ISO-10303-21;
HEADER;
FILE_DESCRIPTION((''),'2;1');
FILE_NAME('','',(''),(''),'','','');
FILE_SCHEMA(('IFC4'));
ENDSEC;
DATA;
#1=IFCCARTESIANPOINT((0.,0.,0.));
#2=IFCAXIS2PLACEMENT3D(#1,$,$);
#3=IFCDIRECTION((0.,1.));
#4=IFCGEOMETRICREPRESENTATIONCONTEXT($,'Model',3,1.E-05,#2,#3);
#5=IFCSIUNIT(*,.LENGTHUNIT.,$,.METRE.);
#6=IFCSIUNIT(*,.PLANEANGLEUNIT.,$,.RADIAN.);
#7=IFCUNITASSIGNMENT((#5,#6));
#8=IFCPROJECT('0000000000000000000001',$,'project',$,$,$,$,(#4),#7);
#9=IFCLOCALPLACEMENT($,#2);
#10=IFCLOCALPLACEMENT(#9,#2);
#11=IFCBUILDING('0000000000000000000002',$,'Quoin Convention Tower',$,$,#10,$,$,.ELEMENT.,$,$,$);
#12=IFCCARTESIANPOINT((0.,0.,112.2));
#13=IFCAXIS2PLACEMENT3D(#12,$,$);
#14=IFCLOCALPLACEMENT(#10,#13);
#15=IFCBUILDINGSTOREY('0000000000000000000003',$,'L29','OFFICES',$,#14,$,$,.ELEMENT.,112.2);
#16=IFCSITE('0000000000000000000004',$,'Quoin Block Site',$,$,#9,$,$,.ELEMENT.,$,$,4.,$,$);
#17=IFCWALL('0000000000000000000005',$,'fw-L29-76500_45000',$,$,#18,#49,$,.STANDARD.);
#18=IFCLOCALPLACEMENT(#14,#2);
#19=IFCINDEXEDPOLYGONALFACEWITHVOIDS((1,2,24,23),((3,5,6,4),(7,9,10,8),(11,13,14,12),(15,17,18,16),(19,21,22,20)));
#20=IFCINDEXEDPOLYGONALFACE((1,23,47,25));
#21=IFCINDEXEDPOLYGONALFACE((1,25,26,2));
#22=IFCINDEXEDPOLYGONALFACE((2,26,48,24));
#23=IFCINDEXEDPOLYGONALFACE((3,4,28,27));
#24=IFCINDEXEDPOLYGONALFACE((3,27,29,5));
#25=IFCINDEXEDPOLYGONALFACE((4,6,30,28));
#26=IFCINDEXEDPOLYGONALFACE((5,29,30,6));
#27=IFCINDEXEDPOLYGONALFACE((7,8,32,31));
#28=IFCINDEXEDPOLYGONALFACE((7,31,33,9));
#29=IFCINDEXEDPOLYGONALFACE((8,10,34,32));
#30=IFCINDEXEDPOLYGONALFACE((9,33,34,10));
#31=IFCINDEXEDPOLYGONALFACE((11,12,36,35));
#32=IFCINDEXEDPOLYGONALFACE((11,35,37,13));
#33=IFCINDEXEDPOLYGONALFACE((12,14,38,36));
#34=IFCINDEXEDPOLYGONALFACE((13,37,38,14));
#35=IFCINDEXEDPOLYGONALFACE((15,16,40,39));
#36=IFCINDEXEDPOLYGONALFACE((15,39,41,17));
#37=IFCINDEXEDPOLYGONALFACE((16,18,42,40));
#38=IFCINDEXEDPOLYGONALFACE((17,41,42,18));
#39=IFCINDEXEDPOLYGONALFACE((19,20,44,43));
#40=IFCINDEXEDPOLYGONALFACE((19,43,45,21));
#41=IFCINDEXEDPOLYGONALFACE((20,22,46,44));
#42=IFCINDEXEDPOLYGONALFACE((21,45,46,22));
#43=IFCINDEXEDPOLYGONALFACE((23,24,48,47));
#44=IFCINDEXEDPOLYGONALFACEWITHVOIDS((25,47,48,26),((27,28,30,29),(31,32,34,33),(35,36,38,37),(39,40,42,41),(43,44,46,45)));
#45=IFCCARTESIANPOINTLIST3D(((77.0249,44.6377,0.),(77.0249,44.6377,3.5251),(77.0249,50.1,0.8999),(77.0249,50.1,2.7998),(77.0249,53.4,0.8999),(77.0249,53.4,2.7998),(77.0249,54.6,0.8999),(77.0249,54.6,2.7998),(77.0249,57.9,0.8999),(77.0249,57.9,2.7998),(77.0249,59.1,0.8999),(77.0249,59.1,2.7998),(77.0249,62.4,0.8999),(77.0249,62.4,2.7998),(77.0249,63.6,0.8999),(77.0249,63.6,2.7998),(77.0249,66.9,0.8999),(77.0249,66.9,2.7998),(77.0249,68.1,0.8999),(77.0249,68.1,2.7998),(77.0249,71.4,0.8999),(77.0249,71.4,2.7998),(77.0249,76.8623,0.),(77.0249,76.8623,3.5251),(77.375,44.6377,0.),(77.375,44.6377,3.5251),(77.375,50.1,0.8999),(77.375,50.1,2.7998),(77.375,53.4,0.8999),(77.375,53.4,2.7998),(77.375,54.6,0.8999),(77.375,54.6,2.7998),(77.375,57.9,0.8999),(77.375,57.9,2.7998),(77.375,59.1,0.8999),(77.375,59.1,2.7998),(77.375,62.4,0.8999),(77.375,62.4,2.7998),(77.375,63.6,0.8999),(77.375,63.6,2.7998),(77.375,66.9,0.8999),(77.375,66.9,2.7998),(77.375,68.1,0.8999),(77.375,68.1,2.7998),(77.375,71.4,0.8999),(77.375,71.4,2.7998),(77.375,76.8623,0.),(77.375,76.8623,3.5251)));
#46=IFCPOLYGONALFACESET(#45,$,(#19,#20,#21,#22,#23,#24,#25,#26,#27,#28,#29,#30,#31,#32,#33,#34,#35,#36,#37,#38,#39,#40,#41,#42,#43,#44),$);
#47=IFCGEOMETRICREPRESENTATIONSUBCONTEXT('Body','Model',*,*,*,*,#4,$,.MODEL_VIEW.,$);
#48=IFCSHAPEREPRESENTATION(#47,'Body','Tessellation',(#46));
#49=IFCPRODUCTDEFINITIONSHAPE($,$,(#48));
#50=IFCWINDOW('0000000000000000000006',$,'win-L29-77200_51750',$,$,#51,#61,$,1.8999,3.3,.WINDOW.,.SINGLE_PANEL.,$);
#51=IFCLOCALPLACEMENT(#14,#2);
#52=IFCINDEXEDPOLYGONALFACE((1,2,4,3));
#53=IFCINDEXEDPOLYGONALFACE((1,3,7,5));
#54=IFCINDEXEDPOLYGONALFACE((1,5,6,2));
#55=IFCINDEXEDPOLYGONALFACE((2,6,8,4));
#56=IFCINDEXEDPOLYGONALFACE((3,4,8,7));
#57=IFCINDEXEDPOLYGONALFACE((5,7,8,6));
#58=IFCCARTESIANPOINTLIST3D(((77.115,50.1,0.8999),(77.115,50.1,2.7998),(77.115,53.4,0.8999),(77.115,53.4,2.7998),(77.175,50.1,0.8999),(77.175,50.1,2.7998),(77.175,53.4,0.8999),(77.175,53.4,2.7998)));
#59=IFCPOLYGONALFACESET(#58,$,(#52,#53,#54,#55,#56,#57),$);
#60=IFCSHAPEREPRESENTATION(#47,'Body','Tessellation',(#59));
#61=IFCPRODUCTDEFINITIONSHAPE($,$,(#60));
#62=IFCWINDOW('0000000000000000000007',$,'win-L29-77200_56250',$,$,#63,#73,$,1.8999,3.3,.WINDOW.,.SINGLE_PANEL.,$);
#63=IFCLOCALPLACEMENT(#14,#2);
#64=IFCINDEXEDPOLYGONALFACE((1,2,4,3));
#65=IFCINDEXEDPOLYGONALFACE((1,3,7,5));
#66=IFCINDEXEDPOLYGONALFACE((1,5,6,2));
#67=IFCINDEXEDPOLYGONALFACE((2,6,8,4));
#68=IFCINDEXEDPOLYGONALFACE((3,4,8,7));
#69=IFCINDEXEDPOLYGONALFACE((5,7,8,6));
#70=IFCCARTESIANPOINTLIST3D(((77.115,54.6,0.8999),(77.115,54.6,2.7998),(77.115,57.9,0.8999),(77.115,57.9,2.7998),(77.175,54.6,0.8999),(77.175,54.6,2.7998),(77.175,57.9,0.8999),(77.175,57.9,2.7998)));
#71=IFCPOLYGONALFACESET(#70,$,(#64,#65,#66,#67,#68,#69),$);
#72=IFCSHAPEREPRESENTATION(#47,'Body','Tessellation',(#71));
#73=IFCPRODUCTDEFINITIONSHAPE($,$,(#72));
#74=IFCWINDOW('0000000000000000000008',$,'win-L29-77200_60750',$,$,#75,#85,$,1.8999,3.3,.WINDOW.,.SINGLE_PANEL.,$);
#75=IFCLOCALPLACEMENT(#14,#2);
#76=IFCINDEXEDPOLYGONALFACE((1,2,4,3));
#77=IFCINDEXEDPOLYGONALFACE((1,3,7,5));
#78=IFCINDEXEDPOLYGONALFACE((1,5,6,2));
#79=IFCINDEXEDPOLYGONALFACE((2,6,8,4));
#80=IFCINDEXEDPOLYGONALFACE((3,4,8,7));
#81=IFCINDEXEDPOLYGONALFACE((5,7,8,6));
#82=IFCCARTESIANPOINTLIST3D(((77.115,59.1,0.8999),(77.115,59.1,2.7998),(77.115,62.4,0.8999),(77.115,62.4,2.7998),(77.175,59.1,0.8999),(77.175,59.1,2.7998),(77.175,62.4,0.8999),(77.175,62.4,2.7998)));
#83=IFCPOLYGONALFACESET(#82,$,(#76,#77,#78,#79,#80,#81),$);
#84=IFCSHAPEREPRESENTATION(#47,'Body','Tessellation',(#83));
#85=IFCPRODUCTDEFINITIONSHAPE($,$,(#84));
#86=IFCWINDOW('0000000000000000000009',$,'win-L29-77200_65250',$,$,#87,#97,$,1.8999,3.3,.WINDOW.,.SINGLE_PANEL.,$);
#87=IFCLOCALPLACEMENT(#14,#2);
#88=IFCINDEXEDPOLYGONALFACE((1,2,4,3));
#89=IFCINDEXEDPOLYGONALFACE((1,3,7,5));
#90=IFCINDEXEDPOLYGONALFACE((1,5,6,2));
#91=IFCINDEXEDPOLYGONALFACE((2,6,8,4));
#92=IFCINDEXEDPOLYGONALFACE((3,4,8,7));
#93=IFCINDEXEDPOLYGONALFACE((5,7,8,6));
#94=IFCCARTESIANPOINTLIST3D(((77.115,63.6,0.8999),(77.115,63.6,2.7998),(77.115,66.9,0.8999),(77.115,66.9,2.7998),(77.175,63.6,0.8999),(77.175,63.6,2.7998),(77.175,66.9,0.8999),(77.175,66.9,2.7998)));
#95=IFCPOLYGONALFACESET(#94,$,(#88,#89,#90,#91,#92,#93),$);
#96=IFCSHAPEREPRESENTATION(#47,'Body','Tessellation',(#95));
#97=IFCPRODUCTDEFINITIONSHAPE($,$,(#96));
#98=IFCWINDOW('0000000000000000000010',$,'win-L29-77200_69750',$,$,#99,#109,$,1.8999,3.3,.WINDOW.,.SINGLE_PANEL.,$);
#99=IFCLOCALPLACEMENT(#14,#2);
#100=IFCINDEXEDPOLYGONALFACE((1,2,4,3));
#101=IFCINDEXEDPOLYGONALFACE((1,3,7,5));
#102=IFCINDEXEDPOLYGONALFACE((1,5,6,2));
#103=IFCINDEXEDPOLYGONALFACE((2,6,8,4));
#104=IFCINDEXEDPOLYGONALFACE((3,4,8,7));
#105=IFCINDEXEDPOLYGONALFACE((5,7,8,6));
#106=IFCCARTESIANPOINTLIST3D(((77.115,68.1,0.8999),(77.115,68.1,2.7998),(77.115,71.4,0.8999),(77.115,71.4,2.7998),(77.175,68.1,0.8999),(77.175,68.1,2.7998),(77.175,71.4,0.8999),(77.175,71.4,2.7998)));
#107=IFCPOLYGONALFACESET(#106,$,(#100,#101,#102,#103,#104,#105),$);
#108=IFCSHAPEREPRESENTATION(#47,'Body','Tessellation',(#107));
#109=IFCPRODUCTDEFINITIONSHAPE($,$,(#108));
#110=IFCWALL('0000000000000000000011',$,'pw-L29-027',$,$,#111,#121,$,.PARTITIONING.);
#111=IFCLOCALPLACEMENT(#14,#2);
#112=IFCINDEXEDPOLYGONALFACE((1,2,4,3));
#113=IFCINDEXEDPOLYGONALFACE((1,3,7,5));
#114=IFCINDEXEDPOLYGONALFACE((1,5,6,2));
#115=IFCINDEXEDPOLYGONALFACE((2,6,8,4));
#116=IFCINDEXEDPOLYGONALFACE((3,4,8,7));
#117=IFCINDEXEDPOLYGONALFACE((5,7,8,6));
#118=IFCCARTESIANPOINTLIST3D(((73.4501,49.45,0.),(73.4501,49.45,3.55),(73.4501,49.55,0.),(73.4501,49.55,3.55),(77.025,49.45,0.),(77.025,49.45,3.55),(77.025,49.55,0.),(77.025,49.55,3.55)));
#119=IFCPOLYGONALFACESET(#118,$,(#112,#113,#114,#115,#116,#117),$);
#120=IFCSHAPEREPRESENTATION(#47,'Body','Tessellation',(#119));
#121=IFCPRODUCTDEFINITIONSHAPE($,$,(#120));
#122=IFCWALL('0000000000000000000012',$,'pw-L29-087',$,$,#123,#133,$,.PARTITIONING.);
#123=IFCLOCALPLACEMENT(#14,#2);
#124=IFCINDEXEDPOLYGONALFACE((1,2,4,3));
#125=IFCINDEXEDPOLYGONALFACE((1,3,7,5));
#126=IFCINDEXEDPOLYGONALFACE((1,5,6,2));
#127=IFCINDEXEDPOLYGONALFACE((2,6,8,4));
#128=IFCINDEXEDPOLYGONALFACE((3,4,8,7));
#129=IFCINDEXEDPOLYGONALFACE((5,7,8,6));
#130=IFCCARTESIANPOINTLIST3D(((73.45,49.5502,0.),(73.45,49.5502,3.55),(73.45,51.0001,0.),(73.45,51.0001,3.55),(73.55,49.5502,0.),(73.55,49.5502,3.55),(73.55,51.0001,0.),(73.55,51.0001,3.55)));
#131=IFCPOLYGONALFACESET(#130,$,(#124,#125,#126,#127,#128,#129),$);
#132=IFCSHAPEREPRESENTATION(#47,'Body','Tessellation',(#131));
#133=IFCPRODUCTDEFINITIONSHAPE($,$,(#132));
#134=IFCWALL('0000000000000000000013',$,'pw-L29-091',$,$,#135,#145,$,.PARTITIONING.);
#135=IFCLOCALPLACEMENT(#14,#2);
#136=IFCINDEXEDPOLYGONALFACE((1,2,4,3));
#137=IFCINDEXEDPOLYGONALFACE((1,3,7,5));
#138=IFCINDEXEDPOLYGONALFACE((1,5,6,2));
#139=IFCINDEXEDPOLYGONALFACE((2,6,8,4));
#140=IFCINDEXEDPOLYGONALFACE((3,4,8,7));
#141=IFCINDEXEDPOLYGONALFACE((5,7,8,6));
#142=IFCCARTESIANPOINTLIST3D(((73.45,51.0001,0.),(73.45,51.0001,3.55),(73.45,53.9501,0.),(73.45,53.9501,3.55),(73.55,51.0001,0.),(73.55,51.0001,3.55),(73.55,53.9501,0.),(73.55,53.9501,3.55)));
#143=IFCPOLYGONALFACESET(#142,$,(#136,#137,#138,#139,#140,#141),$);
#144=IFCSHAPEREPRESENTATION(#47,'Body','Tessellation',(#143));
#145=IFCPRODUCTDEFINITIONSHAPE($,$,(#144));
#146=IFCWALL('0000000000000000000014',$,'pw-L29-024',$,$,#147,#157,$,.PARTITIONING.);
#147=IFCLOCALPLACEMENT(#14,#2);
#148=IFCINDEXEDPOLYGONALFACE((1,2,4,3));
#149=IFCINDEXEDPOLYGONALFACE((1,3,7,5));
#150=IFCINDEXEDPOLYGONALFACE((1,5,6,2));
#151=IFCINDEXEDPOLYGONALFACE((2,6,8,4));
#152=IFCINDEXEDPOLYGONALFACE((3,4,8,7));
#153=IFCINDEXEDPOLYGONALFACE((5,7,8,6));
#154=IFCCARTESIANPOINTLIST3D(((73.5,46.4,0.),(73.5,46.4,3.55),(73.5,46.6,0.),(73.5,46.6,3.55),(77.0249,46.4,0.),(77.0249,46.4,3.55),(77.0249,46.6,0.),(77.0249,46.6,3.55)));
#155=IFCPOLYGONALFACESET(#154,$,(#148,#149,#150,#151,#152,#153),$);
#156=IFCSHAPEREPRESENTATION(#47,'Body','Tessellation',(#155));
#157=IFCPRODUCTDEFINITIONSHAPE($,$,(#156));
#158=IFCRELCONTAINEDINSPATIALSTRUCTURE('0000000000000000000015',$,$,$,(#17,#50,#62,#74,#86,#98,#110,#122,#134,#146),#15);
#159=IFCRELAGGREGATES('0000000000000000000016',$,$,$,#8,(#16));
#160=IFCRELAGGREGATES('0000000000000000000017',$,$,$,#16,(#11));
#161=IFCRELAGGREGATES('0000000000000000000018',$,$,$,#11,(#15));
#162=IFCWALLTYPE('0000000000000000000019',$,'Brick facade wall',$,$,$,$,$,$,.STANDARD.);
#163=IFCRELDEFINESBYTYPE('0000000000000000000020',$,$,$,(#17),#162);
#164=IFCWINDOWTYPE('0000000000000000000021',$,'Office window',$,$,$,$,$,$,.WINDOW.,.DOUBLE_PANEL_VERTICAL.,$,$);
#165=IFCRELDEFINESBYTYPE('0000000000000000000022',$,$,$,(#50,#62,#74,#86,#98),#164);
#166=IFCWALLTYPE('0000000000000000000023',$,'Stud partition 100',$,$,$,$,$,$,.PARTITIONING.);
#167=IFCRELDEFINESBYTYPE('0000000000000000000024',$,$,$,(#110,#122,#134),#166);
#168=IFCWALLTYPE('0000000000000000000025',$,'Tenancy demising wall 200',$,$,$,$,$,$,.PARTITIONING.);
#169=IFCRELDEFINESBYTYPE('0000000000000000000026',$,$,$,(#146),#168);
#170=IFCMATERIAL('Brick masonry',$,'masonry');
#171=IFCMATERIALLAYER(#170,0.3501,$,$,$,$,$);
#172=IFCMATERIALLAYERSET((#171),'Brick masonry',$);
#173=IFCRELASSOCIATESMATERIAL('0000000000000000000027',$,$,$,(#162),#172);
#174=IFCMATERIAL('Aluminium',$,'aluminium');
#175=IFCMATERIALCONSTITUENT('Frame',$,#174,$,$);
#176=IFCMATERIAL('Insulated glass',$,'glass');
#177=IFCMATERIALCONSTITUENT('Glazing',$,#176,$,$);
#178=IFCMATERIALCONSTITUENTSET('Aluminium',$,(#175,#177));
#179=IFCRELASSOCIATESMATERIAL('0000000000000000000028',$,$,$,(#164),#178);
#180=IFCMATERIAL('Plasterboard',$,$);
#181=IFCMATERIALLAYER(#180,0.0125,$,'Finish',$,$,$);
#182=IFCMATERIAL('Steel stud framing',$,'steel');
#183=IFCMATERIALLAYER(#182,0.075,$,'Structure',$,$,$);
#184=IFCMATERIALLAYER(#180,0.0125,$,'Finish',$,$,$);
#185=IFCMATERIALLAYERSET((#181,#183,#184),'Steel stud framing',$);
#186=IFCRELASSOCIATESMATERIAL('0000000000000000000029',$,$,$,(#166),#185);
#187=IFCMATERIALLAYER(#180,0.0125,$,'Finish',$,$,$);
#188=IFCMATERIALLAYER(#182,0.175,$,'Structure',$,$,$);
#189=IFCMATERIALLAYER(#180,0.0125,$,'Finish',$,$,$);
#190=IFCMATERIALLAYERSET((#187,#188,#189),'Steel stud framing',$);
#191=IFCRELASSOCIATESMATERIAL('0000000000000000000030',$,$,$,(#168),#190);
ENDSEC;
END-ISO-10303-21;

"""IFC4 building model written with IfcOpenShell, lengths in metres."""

from ifc_helpers import new_model, si_unit, direction, frame, frame_2d, origin, place, context, subcontext, project, spatial, rectangle, extrude, material, layer, layer_set, constituent, constituent_set, type_object, element, fill, save


model = new_model("IFC4")

# Units and contexts
model_context = context("Model", 3, precision=1e-05, world=origin(), true_north=direction((0.0, 1.0)))
body_context = subcontext(model_context, "Body", "Model", "MODEL_VIEW")
ifc_project = project(units=[si_unit("LENGTHUNIT", "METRE"), si_unit("PLANEANGLEUNIT", "RADIAN")], contexts=[model_context])

# Site, building, storey
site_placement = place(None, origin())
site = spatial("IfcSite", under=ifc_project, at=site_placement, Name="Quoin Block Site", CompositionType="ELEMENT", RefElevation=4.0)
building_placement = place(site_placement, origin())
building = spatial("IfcBuilding", under=site, at=building_placement, Name="Quoin Convention Tower", CompositionType="ELEMENT")
storey_placement = place(building_placement, frame((0.0, 0.0, 112.2)))
storey = spatial("IfcBuildingStorey", under=building, at=storey_placement, Name="L29", Description="OFFICES", CompositionType="ELEMENT", Elevation=112.2)

# Wall, openings, windows
ifc_material_1 = material(Name="Brick masonry", Category="masonry")
ifc_layer_1 = layer(ifc_material_1, 0.3501)
ifc_layer_set_1 = layer_set([ifc_layer_1], Name="Brick masonry")
wall_type_1 = type_object("IfcWallType", Name="Brick facade wall", PredefinedType="STANDARD", material=ifc_layer_set_1)
wall_1_placement = place(storey_placement, frame((77.2, 44.6377, 0.0), z_axis=(0.0, 0.0, 1.0), x_axis=(0.0, 1.0, 0.0)))
wall_1 = element("IfcWall", 1, at=wall_1_placement, inside=storey, type_object=wall_type_1, Name="fw-L29-76500_45000", PredefinedType="STANDARD", context=body_context, shape_type="SweptSolid", body=[
    extrude(rectangle(XDim=32.2246, YDim=0.3501, at=frame_2d((16.1123, 0.0))), origin(), (0.0, 0.0, 1.0), 3.5251),
])
opening_1_placement = place(wall_1_placement, frame((5.4624, 0.0, 0.8999)))
opening_1 = element("IfcOpeningElement", 2, at=opening_1_placement, cuts=wall_1, PredefinedType="OPENING", context=body_context, shape_type="SweptSolid", body=[
    extrude(rectangle(XDim=3.3, YDim=1.8999, at=frame_2d((1.6499, 0.95))), frame((0.0, 0.1851, 0.0), z_axis=(0.0, -1.0, 0.0), x_axis=(1.0, 0.0, 0.0)), (0.0, 0.0, 1.0), 0.3701),
])
opening_2_placement = place(wall_1_placement, frame((9.9624, 0.0, 0.8999)))
opening_2 = element("IfcOpeningElement", 3, at=opening_2_placement, cuts=wall_1, PredefinedType="OPENING", context=body_context, shape_type="SweptSolid", body=[
    extrude(rectangle(XDim=3.3, YDim=1.8999, at=frame_2d((1.6499, 0.95))), frame((0.0, 0.1851, 0.0), z_axis=(0.0, -1.0, 0.0), x_axis=(1.0, 0.0, 0.0)), (0.0, 0.0, 1.0), 0.3701),
])
opening_3_placement = place(wall_1_placement, frame((14.4624, 0.0, 0.8999)))
opening_3 = element("IfcOpeningElement", 4, at=opening_3_placement, cuts=wall_1, PredefinedType="OPENING", context=body_context, shape_type="SweptSolid", body=[
    extrude(rectangle(XDim=3.3, YDim=1.8999, at=frame_2d((1.6499, 0.95))), frame((0.0, 0.1851, 0.0), z_axis=(0.0, -1.0, 0.0), x_axis=(1.0, 0.0, 0.0)), (0.0, 0.0, 1.0), 0.3701),
])
opening_4_placement = place(wall_1_placement, frame((18.9624, 0.0, 0.8999)))
opening_4 = element("IfcOpeningElement", 5, at=opening_4_placement, cuts=wall_1, PredefinedType="OPENING", context=body_context, shape_type="SweptSolid", body=[
    extrude(rectangle(XDim=3.3, YDim=1.8999, at=frame_2d((1.6499, 0.95))), frame((0.0, 0.1851, 0.0), z_axis=(0.0, -1.0, 0.0), x_axis=(1.0, 0.0, 0.0)), (0.0, 0.0, 1.0), 0.3701),
])
opening_5_placement = place(wall_1_placement, frame((23.4624, 0.0, 0.8999)))
opening_5 = element("IfcOpeningElement", 6, at=opening_5_placement, cuts=wall_1, PredefinedType="OPENING", context=body_context, shape_type="SweptSolid", body=[
    extrude(rectangle(XDim=3.3, YDim=1.8999, at=frame_2d((1.6499, 0.95))), frame((0.0, 0.1851, 0.0), z_axis=(0.0, -1.0, 0.0), x_axis=(1.0, 0.0, 0.0)), (0.0, 0.0, 1.0), 0.3701),
])
ifc_material_2 = material(Name="Aluminium", Category="aluminium")
ifc_constituent_1 = constituent(ifc_material_2, Name="Frame")
ifc_material_3 = material(Name="Insulated glass", Category="glass")
ifc_constituent_2 = constituent(ifc_material_3, Name="Glazing")
ifc_constituent_set = constituent_set(constituents=[ifc_constituent_1, ifc_constituent_2], Name="Aluminium")
window_type = type_object("IfcWindowType", Name="Office window", PartitioningType="DOUBLE_PANEL_VERTICAL", PredefinedType="WINDOW", material=ifc_constituent_set)
window_1_placement = place(opening_1_placement, origin())
window_1 = element("IfcWindow", 7, at=window_1_placement, inside=storey, type_object=window_type, Name="win-L29-77200_51750", OverallHeight=1.8999, OverallWidth=3.3, PartitioningType="SINGLE_PANEL", PredefinedType="WINDOW", context=body_context, shape_type="SweptSolid", body=[
    extrude(rectangle(XDim=3.3, YDim=1.8999, at=frame_2d((1.6499, 0.95))), frame((0.0, 0.085, 0.0), z_axis=(0.0, -1.0, 0.0), x_axis=(1.0, 0.0, 0.0)), (0.0, 0.0, 1.0), 0.0601),
])
fill(opening_1, window_1)
window_2_placement = place(opening_2_placement, origin())
window_2 = element("IfcWindow", 8, at=window_2_placement, inside=storey, type_object=window_type, Name="win-L29-77200_56250", OverallHeight=1.8999, OverallWidth=3.3, PartitioningType="SINGLE_PANEL", PredefinedType="WINDOW", context=body_context, shape_type="SweptSolid", body=[
    extrude(rectangle(XDim=3.3, YDim=1.8999, at=frame_2d((1.6499, 0.95))), frame((0.0, 0.085, 0.0), z_axis=(0.0, -1.0, 0.0), x_axis=(1.0, 0.0, 0.0)), (0.0, 0.0, 1.0), 0.0601),
])
fill(opening_2, window_2)
window_3_placement = place(opening_3_placement, origin())
window_3 = element("IfcWindow", 9, at=window_3_placement, inside=storey, type_object=window_type, Name="win-L29-77200_60750", OverallHeight=1.8999, OverallWidth=3.3, PartitioningType="SINGLE_PANEL", PredefinedType="WINDOW", context=body_context, shape_type="SweptSolid", body=[
    extrude(rectangle(XDim=3.3, YDim=1.8999, at=frame_2d((1.6499, 0.95))), frame((0.0, 0.085, 0.0), z_axis=(0.0, -1.0, 0.0), x_axis=(1.0, 0.0, 0.0)), (0.0, 0.0, 1.0), 0.0601),
])
fill(opening_3, window_3)
window_4_placement = place(opening_4_placement, origin())
window_4 = element("IfcWindow", 10, at=window_4_placement, inside=storey, type_object=window_type, Name="win-L29-77200_65250", OverallHeight=1.8999, OverallWidth=3.3, PartitioningType="SINGLE_PANEL", PredefinedType="WINDOW", context=body_context, shape_type="SweptSolid", body=[
    extrude(rectangle(XDim=3.3, YDim=1.8999, at=frame_2d((1.6499, 0.95))), frame((0.0, 0.085, 0.0), z_axis=(0.0, -1.0, 0.0), x_axis=(1.0, 0.0, 0.0)), (0.0, 0.0, 1.0), 0.0601),
])
fill(opening_4, window_4)
window_5_placement = place(opening_5_placement, origin())
window_5 = element("IfcWindow", 11, at=window_5_placement, inside=storey, type_object=window_type, Name="win-L29-77200_69750", OverallHeight=1.8999, OverallWidth=3.3, PartitioningType="SINGLE_PANEL", PredefinedType="WINDOW", context=body_context, shape_type="SweptSolid", body=[
    extrude(rectangle(XDim=3.3, YDim=1.8999, at=frame_2d((1.6499, 0.95))), frame((0.0, 0.085, 0.0), z_axis=(0.0, -1.0, 0.0), x_axis=(1.0, 0.0, 0.0)), (0.0, 0.0, 1.0), 0.0601),
])
fill(opening_5, window_5)

# Walls
ifc_material_4 = material(Name="Plasterboard")
ifc_layer_2 = layer(ifc_material_4, 0.0125, Name="Finish")
ifc_material_5 = material(Name="Steel stud framing", Category="steel")
ifc_layer_3 = layer(ifc_material_5, 0.075, Name="Structure")
ifc_layer_4 = layer(ifc_material_4, 0.0125, Name="Finish")
ifc_layer_set_2 = layer_set([ifc_layer_2, ifc_layer_3, ifc_layer_4], Name="Steel stud framing")
wall_type_2 = type_object("IfcWallType", Name="Stud partition 100", PredefinedType="PARTITIONING", material=ifc_layer_set_2)
wall_2_placement = place(storey_placement, frame((73.45, 49.5, 0.0), z_axis=(0.0, 0.0, 1.0), x_axis=(1.0, 0.0, 0.0)))
element("IfcWall", 12, at=wall_2_placement, inside=storey, type_object=wall_type_2, Name="pw-L29-027", PredefinedType="PARTITIONING", context=body_context, shape_type="SweptSolid", body=[
    extrude(rectangle(XDim=3.575, YDim=0.1001, at=frame_2d((1.7876, 0.0))), origin(), (0.0, 0.0, 1.0), 3.55),
])
wall_3_placement = place(storey_placement, frame((73.5, 49.55, 0.0), z_axis=(0.0, 0.0, 1.0), x_axis=(0.0, 1.0, 0.0)))
element("IfcWall", 13, at=wall_3_placement, inside=storey, type_object=wall_type_2, Name="pw-L29-087", PredefinedType="PARTITIONING", context=body_context, shape_type="SweptSolid", body=[
    extrude(rectangle(XDim=1.45, YDim=0.1001, at=frame_2d((0.7251, 0.0))), origin(), (0.0, 0.0, 1.0), 3.55),
])
wall_4_placement = place(storey_placement, frame((73.5, 51.0, 0.0), z_axis=(0.0, 0.0, 1.0), x_axis=(0.0, 1.0, 0.0)))
element("IfcWall", 14, at=wall_4_placement, inside=storey, type_object=wall_type_2, Name="pw-L29-091", PredefinedType="PARTITIONING", context=body_context, shape_type="SweptSolid", body=[
    extrude(rectangle(XDim=2.95, YDim=0.1001, at=frame_2d((1.4751, 0.0))), origin(), (0.0, 0.0, 1.0), 3.55),
])
ifc_layer_5 = layer(ifc_material_4, 0.0125, Name="Finish")
ifc_layer_6 = layer(ifc_material_5, 0.175, Name="Structure")
ifc_layer_7 = layer(ifc_material_4, 0.0125, Name="Finish")
ifc_layer_set_3 = layer_set([ifc_layer_5, ifc_layer_6, ifc_layer_7], Name="Steel stud framing")
wall_type_3 = type_object("IfcWallType", Name="Tenancy demising wall 200", PredefinedType="PARTITIONING", material=ifc_layer_set_3)
wall_5_placement = place(storey_placement, frame((73.5, 46.5, 0.0), z_axis=(0.0, 0.0, 1.0), x_axis=(1.0, 0.0, 0.0)))
element("IfcWall", 15, at=wall_5_placement, inside=storey, type_object=wall_type_3, Name="pw-L29-024", PredefinedType="PARTITIONING", context=body_context, shape_type="SweptSolid", body=[
    extrude(rectangle(XDim=3.5249, YDim=0.2, at=frame_2d((1.7625, 0.0))), origin(), (0.0, 0.0, 1.0), 3.55),
])

save(model, "model.ifc")
